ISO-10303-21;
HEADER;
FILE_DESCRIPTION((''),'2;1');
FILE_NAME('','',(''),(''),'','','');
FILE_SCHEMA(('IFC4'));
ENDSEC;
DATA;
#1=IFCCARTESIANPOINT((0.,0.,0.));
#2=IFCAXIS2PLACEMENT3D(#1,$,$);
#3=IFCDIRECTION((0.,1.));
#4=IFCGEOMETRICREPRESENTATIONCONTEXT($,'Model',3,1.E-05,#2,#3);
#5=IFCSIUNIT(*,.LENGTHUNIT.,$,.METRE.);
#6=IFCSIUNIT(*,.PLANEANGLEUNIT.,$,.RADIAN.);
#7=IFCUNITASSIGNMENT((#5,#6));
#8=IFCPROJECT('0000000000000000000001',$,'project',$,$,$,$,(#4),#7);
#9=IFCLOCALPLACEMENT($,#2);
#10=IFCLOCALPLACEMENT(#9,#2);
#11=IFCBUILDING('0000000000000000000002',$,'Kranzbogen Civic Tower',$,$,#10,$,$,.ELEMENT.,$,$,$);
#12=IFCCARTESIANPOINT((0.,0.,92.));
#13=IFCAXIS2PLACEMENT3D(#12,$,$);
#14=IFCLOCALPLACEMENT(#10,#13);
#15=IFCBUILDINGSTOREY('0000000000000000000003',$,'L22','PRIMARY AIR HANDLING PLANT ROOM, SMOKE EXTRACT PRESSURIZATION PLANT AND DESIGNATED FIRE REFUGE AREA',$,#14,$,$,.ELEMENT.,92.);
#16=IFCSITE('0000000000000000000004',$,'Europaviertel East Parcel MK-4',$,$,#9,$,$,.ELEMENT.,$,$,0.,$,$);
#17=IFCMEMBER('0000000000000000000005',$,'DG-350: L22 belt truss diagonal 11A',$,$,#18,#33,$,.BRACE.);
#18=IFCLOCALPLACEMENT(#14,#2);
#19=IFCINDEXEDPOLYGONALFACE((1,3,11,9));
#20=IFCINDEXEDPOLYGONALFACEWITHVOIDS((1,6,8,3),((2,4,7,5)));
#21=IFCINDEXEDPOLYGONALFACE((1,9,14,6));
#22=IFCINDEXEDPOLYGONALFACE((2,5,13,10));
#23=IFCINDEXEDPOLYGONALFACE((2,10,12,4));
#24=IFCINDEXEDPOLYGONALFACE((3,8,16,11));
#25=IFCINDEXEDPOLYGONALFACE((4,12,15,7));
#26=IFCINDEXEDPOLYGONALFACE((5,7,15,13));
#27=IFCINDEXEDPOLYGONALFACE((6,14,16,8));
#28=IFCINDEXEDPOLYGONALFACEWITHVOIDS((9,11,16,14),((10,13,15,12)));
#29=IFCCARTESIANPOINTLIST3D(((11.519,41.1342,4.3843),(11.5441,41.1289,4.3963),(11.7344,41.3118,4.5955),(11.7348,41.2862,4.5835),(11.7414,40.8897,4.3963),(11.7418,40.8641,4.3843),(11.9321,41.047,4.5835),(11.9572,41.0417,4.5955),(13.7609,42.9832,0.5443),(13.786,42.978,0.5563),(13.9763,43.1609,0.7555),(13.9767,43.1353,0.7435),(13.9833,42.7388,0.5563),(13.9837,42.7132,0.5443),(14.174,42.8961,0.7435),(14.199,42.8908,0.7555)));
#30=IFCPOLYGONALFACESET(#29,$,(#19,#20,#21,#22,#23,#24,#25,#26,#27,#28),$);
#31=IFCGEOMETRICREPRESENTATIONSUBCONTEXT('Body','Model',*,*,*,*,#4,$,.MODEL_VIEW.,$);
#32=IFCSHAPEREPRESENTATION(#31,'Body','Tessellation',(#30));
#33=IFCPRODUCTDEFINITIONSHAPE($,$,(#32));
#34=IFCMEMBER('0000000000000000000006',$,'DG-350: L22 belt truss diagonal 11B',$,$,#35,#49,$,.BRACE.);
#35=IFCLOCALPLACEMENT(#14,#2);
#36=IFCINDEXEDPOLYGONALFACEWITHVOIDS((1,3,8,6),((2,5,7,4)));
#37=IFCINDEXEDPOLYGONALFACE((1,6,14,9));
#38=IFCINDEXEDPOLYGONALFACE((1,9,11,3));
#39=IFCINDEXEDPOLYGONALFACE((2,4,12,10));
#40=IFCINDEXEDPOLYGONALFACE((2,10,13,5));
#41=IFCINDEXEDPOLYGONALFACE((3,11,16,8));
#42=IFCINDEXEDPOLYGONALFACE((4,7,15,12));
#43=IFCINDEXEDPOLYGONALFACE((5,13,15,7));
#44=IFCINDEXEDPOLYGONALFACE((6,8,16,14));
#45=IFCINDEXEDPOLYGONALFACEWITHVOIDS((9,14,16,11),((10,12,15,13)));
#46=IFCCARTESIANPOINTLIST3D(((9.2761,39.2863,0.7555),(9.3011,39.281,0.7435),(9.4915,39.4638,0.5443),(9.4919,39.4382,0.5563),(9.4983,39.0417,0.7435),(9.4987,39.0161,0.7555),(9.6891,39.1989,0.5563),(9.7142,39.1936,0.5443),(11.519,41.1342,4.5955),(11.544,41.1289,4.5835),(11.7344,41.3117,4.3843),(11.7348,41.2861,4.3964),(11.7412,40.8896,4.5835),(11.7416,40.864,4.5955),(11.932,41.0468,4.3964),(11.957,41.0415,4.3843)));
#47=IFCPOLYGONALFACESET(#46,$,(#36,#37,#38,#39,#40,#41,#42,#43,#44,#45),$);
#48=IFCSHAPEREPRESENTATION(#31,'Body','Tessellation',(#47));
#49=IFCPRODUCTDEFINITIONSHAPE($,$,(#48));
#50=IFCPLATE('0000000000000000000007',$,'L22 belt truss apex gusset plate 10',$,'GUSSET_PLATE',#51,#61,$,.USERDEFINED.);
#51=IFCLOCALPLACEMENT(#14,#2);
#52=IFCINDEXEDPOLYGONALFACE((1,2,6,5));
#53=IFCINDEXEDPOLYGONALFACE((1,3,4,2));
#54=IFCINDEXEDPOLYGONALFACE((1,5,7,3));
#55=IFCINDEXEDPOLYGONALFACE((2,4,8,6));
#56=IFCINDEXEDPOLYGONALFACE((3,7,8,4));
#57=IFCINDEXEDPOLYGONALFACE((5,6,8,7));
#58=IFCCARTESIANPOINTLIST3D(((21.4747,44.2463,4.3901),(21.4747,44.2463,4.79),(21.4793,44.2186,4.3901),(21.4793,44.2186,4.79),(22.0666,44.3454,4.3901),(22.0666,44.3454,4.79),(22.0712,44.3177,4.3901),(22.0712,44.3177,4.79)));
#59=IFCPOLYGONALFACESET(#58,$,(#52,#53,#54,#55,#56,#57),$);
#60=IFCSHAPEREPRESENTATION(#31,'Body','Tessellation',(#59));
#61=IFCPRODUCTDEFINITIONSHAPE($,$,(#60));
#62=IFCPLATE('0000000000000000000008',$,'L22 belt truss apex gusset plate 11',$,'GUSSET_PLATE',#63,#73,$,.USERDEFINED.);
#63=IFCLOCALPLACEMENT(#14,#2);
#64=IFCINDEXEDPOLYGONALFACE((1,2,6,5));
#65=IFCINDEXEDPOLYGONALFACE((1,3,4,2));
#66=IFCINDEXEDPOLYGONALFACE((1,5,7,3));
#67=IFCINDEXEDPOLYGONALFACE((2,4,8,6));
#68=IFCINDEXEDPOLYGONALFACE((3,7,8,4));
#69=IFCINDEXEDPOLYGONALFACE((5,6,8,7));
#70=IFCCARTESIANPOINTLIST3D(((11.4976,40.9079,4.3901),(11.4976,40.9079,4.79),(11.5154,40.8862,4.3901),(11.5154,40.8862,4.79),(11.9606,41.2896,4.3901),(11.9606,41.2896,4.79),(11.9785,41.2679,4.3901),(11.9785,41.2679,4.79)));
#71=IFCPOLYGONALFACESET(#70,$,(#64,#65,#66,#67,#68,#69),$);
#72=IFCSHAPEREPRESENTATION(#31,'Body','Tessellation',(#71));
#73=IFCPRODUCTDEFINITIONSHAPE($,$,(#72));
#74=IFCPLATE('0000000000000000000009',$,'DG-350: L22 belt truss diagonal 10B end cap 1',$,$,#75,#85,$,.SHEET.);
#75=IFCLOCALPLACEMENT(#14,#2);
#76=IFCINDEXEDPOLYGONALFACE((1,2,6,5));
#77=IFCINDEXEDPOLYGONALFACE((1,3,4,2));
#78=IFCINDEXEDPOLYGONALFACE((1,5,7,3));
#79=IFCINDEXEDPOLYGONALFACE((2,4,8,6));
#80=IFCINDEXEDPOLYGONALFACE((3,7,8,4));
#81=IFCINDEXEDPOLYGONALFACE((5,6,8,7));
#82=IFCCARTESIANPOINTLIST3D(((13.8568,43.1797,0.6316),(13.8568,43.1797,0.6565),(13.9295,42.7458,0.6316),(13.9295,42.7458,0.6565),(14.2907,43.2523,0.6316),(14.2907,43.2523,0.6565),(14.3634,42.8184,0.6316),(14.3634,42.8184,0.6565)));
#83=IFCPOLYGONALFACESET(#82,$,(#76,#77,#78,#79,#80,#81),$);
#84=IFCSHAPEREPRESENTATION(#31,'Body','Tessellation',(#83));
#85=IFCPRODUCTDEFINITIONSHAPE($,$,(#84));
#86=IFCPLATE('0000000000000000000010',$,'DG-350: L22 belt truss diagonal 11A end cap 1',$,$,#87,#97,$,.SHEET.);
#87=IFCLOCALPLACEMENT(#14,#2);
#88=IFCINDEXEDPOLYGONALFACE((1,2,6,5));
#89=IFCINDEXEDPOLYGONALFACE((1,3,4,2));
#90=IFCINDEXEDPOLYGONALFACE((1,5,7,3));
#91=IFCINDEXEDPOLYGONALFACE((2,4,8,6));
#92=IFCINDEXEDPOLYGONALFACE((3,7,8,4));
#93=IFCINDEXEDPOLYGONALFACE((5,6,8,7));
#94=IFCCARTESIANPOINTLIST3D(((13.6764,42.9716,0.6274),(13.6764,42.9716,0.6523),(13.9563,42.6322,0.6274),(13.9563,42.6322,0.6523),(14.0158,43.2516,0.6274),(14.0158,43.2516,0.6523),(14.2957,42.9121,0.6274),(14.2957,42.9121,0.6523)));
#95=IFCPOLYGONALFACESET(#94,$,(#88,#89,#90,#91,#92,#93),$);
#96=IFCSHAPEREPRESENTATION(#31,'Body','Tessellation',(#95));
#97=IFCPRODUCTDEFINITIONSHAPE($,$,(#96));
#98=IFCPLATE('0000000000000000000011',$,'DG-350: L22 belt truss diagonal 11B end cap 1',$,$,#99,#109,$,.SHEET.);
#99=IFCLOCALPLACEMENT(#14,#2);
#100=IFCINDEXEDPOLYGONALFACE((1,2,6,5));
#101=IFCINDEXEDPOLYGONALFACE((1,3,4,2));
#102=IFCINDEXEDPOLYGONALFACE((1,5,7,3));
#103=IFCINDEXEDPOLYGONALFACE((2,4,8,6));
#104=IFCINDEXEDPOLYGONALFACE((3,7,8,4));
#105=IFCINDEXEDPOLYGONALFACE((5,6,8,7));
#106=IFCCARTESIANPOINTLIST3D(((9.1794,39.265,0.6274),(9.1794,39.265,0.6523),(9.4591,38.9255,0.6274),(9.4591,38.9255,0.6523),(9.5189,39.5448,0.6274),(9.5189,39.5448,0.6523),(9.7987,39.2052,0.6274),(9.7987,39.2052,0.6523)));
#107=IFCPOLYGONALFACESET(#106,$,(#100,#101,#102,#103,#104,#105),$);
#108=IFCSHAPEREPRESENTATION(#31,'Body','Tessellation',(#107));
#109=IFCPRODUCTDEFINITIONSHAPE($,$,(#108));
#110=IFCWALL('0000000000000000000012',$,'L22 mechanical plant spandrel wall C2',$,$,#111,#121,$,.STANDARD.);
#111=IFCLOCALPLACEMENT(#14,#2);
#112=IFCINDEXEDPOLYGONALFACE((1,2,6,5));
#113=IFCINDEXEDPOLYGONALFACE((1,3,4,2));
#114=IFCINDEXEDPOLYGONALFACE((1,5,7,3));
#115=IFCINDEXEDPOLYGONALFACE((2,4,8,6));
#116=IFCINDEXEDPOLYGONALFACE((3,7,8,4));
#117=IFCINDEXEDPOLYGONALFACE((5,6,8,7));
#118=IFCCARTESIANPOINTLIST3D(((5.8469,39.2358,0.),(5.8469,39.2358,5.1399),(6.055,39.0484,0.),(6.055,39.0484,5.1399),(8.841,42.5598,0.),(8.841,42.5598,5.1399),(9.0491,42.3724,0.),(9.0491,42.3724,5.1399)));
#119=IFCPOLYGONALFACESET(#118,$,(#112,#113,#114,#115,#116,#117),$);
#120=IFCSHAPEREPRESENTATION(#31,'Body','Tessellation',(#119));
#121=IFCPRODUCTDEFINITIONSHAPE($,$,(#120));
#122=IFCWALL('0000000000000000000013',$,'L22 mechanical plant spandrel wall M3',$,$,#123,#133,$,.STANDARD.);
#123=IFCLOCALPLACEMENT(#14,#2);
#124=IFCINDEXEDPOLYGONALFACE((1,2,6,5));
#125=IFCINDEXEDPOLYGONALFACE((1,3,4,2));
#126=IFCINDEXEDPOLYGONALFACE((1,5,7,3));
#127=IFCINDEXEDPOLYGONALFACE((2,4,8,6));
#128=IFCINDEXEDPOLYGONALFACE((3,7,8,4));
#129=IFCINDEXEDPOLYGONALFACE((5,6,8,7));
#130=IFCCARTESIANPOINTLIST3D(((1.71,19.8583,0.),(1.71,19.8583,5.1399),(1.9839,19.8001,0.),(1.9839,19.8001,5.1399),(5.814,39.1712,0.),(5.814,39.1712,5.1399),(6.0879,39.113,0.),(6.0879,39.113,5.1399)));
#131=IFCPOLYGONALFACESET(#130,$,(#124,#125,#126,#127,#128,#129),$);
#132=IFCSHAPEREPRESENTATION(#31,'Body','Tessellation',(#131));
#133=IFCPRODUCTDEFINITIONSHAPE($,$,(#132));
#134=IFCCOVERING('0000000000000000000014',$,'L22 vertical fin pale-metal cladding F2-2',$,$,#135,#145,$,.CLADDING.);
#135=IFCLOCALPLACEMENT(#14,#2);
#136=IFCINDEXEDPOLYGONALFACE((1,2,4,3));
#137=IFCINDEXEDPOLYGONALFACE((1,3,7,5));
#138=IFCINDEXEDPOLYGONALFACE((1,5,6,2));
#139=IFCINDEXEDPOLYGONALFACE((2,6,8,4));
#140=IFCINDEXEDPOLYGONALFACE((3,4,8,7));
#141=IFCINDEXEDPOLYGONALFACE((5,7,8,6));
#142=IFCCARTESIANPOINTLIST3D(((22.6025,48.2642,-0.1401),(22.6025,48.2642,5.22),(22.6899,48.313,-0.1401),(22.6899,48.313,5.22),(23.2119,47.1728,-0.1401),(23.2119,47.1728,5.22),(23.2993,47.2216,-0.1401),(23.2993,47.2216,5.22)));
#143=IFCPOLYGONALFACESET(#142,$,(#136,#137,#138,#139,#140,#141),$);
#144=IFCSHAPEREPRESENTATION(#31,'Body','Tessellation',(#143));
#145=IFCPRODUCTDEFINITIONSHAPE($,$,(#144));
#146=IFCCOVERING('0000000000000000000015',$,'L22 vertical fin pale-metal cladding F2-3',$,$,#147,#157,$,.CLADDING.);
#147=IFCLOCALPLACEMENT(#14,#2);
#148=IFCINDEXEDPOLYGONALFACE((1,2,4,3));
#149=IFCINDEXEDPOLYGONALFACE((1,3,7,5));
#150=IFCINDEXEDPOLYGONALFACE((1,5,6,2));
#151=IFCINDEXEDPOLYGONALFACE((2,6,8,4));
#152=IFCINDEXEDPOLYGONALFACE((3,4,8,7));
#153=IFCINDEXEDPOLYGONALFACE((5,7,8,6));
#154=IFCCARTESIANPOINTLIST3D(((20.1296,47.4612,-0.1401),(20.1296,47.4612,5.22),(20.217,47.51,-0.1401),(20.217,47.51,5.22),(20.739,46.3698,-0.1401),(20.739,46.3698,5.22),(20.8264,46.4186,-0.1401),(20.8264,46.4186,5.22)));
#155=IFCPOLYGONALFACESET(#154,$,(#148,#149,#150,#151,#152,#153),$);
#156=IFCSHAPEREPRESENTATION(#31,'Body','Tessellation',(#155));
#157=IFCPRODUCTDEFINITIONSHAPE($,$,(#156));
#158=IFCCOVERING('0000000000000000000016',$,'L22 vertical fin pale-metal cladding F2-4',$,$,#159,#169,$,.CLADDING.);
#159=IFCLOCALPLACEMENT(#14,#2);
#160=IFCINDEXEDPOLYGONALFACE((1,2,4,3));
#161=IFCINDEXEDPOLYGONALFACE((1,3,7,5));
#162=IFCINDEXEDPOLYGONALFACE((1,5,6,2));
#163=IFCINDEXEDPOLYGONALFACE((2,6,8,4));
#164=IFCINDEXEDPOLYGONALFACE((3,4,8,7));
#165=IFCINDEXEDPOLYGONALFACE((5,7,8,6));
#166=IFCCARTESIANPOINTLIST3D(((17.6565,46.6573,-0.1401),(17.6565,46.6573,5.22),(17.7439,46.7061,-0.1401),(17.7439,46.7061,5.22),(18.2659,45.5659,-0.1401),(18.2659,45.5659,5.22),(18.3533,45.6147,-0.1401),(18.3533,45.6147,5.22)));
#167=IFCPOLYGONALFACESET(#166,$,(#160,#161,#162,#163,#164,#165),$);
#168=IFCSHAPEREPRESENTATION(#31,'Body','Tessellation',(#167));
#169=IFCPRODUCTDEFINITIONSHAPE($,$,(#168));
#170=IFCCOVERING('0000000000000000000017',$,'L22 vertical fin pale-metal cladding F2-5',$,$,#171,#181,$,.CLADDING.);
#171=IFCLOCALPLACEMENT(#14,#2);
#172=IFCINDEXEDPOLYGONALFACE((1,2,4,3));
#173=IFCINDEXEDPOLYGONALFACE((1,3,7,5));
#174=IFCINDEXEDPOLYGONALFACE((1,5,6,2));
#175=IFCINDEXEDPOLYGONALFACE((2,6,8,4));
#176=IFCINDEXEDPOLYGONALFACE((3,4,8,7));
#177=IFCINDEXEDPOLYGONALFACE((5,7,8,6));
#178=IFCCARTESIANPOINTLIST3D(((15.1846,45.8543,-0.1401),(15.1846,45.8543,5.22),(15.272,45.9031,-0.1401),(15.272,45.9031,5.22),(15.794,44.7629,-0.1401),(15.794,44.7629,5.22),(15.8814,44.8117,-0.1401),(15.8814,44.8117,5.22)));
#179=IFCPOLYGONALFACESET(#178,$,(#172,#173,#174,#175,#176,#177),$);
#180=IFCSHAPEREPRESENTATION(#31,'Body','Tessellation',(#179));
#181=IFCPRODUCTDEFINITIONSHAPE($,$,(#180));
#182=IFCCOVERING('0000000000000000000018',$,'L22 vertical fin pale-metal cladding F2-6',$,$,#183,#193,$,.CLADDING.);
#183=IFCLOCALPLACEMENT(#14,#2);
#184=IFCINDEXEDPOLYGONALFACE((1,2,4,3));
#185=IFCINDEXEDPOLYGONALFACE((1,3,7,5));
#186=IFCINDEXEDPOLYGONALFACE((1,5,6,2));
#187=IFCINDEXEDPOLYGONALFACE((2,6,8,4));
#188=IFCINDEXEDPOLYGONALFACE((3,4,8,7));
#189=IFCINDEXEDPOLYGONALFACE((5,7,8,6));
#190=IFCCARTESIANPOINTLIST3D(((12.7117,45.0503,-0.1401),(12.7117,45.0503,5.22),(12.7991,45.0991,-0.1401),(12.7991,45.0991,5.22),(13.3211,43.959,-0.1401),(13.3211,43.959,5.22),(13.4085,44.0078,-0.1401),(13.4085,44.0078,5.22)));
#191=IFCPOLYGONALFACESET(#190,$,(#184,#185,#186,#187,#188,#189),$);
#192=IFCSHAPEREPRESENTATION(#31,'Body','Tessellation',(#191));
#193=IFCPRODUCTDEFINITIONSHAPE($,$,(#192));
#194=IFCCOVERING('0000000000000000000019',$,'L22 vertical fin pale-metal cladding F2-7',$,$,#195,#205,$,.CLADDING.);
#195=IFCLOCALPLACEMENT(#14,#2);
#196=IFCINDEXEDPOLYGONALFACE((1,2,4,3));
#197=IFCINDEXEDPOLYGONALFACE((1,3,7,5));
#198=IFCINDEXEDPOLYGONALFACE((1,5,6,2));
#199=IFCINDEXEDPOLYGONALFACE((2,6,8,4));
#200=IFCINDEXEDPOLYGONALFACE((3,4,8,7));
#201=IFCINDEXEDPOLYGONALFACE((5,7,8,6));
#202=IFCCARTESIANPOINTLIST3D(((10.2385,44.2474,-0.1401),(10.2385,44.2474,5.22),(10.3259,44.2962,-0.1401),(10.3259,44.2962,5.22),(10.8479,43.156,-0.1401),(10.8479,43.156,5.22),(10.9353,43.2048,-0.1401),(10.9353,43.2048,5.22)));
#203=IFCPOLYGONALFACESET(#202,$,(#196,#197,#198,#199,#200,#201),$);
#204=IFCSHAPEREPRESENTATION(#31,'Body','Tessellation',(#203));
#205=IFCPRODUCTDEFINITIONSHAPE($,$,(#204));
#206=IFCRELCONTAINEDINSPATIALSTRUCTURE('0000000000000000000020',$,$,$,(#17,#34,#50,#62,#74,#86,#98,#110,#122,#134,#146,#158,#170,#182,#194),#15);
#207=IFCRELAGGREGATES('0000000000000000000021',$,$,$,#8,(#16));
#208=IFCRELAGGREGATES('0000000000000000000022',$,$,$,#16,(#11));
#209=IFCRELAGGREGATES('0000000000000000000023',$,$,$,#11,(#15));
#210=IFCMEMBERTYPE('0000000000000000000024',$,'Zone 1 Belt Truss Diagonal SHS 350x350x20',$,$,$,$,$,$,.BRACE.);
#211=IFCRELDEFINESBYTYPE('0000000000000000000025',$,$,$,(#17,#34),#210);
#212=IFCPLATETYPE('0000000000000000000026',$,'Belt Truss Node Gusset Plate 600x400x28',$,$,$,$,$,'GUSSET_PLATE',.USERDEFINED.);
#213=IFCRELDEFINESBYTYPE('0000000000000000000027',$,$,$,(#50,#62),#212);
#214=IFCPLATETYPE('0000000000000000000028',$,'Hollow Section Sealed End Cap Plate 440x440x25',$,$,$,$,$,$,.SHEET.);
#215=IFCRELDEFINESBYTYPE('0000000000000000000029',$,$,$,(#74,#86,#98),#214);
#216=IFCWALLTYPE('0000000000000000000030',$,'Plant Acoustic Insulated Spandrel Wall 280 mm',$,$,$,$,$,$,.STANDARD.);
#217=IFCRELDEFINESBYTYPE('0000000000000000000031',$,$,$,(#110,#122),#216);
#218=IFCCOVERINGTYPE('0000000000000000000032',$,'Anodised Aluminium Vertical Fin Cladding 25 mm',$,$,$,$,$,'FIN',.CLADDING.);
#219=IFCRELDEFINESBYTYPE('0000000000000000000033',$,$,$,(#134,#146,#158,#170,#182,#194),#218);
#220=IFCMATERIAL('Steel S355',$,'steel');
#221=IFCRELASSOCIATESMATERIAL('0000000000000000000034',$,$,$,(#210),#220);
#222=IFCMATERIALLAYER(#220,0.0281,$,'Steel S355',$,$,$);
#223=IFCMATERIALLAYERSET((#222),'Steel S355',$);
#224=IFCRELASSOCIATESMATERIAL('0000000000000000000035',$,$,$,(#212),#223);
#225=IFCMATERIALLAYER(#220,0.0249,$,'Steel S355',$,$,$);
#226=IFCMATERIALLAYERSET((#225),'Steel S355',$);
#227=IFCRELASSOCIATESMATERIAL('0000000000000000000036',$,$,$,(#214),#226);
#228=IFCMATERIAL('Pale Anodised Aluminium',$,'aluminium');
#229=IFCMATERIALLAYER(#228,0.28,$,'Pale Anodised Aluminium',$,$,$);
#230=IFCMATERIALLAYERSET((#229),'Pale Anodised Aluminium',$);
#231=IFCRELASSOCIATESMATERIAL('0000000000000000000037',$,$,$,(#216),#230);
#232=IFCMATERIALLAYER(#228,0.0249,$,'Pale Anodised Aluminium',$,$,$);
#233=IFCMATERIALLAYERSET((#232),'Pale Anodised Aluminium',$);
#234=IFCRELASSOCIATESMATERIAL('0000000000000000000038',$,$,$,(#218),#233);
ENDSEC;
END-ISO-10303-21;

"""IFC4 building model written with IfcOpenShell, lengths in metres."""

from ifc_helpers import new_model, si_unit, direction, frame, frame_2d, origin, origin_2d, place, context, subcontext, project, spatial, rectangle, hollow_rectangle, extrude, material, layer, layer_set, material_profile, profile_set, type_object, element, save


model = new_model("IFC4")

# Units and contexts
model_context = context("Model", 3, precision=1e-05, world=origin(), true_north=direction((0.0, 1.0)))
body_context = subcontext(model_context, "Body", "Model", "MODEL_VIEW")
ifc_project = project(units=[si_unit("LENGTHUNIT", "METRE"), si_unit("PLANEANGLEUNIT", "RADIAN")], contexts=[model_context])

# Site, building, storey
site_placement = place(None, origin())
site = spatial("IfcSite", under=ifc_project, at=site_placement, Name="Europaviertel East Parcel MK-4", CompositionType="ELEMENT", RefElevation=0.0)
building_placement = place(site_placement, origin())
building = spatial("IfcBuilding", under=site, at=building_placement, Name="Kranzbogen Civic Tower", CompositionType="ELEMENT")
storey_placement = place(building_placement, frame((0.0, 0.0, 92.0)))
storey = spatial("IfcBuildingStorey", under=building, at=storey_placement, Name="L22", Description="PRIMARY AIR HANDLING PLANT ROOM, SMOKE EXTRACT PRESSURIZATION PLANT AND DESIGNATED FIRE REFUGE AREA", CompositionType="ELEMENT", Elevation=92.0)

# Shared definitions
ifc_material_1 = material(Name="Steel S355", Category="steel")

# Members
ifc_material_profile_1 = material_profile(ifc_material_1, hollow_rectangle(XDim=0.3501, YDim=0.3501, WallThickness=0.02, at=origin_2d()), Name="SHS 350x350x20")
ifc_profile_set_1 = profile_set([ifc_material_profile_1], Name="Steel S355")
member_type_1 = type_object("IfcMemberType", Name="Zone 1 Belt Truss Diagonal SHS 350x350x20", PredefinedType="BRACE", material=ifc_profile_set_1)
for number, where, z_axis, x_axis, name in (
    (1, (13.98, 42.937, 0.6499), (-0.46554, -0.38397, 0.797395), (0.636284, -0.771455, 0.0), "DG-350: L22 belt truss diagonal 11A"),
    (2, (9.4951, 39.24, 0.6499), (0.465744, 0.383718, 0.797397), (-0.635869, 0.771797, 0.0), "DG-350: L22 belt truss diagonal 11B"),
):
    element("IfcMember", number, at=place(storey_placement, frame(where, z_axis=z_axis, x_axis=x_axis)), inside=storey, type_object=member_type_1, Name=name, PredefinedType="BRACE", context=body_context, shape_type="SweptSolid", body=[
        extrude(hollow_rectangle(XDim=0.3501, YDim=0.3501, WallThickness=0.02, at=origin_2d()), origin(), (0.0, 0.0, 1.0), 4.8157),
    ])

# Plates
ifc_layer_1 = layer(ifc_material_1, 0.0281, Name="Steel S355")
ifc_layer_set_1 = layer_set([ifc_layer_1], Name="Steel S355")
plate_type_1 = type_object("IfcPlateType", Name="Belt Truss Node Gusset Plate 600x400x28", ElementType="GUSSET_PLATE", PredefinedType="USERDEFINED", material=ifc_layer_set_1)
for number, where, z_axis, x_axis, name in (
    (3, (21.7729, 44.282, 4.3901), (0.0, 0.0, 1.0), (-0.986283, -0.165065, 0.0), "L22 belt truss apex gusset plate 10"),
    (4, (11.738, 41.0879, 4.3901), (0.0, 0.0, 1.0), (-0.771658, -0.636038, 0.0), "L22 belt truss apex gusset plate 11"),
):
    element("IfcPlate", number, at=place(storey_placement, frame(where, z_axis=z_axis, x_axis=x_axis)), inside=storey, type_object=plate_type_1, Name=name, ObjectType="GUSSET_PLATE", PredefinedType="USERDEFINED", context=body_context, shape_type="SweptSolid", body=[
        extrude(rectangle(XDim=0.6001, YDim=0.0281, at=origin_2d()), origin(), (0.0, 0.0, 1.0), 0.3999),
    ])
ifc_layer_2 = layer(ifc_material_1, 0.0249, Name="Steel S355")
ifc_layer_set_2 = layer_set([ifc_layer_2], Name="Steel S355")
plate_type_2 = type_object("IfcPlateType", Name="Hollow Section Sealed End Cap Plate 440x440x25", PredefinedType="SHEET", material=ifc_layer_set_2)
for number, where, z_axis, x_axis, name in (
    (5, (14.1101, 42.999, 0.6316), (0.0, 0.0, 1.0), (0.986274, 0.165116, 0.0), "DG-350: L22 belt truss diagonal 10B end cap 1"),
    (6, (13.9861, 42.9419, 0.6274), (0.0, 0.0, 1.0), (-0.77148, -0.636253, 0.0), "DG-350: L22 belt truss diagonal 11A end cap 1"),
    (7, (9.489, 39.2351, 0.6274), (0.0, 0.0, 1.0), (0.771791, 0.635876, 0.0), "DG-350: L22 belt truss diagonal 11B end cap 1"),
):
    element("IfcPlate", number, at=place(storey_placement, frame(where, z_axis=z_axis, x_axis=x_axis)), inside=storey, type_object=plate_type_2, Name=name, PredefinedType="SHEET", context=body_context, shape_type="SweptSolid", body=[
        extrude(rectangle(XDim=0.4399, YDim=0.4399, at=origin_2d()), origin(), (0.0, 0.0, 1.0), 0.0249),
    ])

# Walls
ifc_material_2 = material(Name="Pale Anodised Aluminium", Category="aluminium")
ifc_layer_3 = layer(ifc_material_2, 0.28, Name="Pale Anodised Aluminium")
ifc_layer_set_3 = layer_set([ifc_layer_3], Name="Pale Anodised Aluminium")
wall_type = type_object("IfcWallType", Name="Plant Acoustic Insulated Spandrel Wall 280 mm", PredefinedType="STANDARD", material=ifc_layer_set_3)
wall_1_placement = place(storey_placement, frame((8.9451, 42.4661, 0.0), z_axis=(0.0, 0.0, 1.0), x_axis=(-0.669281, -0.743009, 0.0)))
element("IfcWall", 8, at=wall_1_placement, inside=storey, type_object=wall_type, Name="L22 mechanical plant spandrel wall C2", PredefinedType="STANDARD", context=body_context, shape_type="SweptSolid", body=[
    extrude(rectangle(XDim=4.4736, YDim=0.28, at=frame_2d((2.2368, 0.0))), origin(), (0.0, 0.0, 1.0), 5.1399),
])
wall_2_placement = place(storey_placement, frame((5.9509, 39.1421, 0.0), z_axis=(0.0, 0.0, 1.0), x_axis=(-0.207858, -0.978159, 0.0)))
element("IfcWall", 9, at=wall_2_placement, inside=storey, type_object=wall_type, Name="L22 mechanical plant spandrel wall M3", PredefinedType="STANDARD", context=body_context, shape_type="SweptSolid", body=[
    extrude(rectangle(XDim=19.7441, YDim=0.28, at=frame_2d((9.8721, 0.0))), origin(), (0.0, 0.0, 1.0), 5.1399),
])

# Coverings
ifc_layer_4 = layer(ifc_material_2, 0.0249, Name="Pale Anodised Aluminium")
ifc_layer_set_4 = layer_set([ifc_layer_4], Name="Pale Anodised Aluminium")
covering_type = type_object("IfcCoveringType", Name="Anodised Aluminium Vertical Fin Cladding 25 mm", ElementType="FIN", PredefinedType="CLADDING", material=ifc_layer_set_4)
for number, where, z_axis, x_axis, name in (
    (10, (22.9509, 47.7429, -0.1401), (0.0, 0.0, 1.0), (-0.487524, 0.873109, 0.0), "L22 vertical fin pale-metal cladding F2-2"),
    (11, (20.478, 46.9399, -0.1401), (0.0, 0.0, 1.0), (-0.487524, 0.873109, 0.0), "L22 vertical fin pale-metal cladding F2-3"),
    (12, (18.0049, 46.136, -0.1401), (0.0, 0.0, 1.0), (-0.487524, 0.873109, 0.0), "L22 vertical fin pale-metal cladding F2-4"),
    (13, (15.533, 45.333, -0.1401), (0.0, 0.0, 1.0), (-0.487524, 0.873109, 0.0), "L22 vertical fin pale-metal cladding F2-5"),
    (14, (13.0601, 44.5291, -0.1401), (0.0, 0.0, 1.0), (-0.487524, 0.873109, 0.0), "L22 vertical fin pale-metal cladding F2-6"),
    (15, (10.5869, 43.7261, -0.1401), (0.0, 0.0, 1.0), (-0.487524, 0.873109, 0.0), "L22 vertical fin pale-metal cladding F2-7"),
):
    element("IfcCovering", number, at=place(storey_placement, frame(where, z_axis=z_axis, x_axis=x_axis)), inside=storey, type_object=covering_type, Name=name, PredefinedType="CLADDING", context=body_context, shape_type="SweptSolid", body=[
        extrude(rectangle(XDim=1.25, YDim=0.1001, at=origin_2d()), origin(), (0.0, 0.0, 1.0), 5.3601),
    ])

save(model, "model.ifc")
